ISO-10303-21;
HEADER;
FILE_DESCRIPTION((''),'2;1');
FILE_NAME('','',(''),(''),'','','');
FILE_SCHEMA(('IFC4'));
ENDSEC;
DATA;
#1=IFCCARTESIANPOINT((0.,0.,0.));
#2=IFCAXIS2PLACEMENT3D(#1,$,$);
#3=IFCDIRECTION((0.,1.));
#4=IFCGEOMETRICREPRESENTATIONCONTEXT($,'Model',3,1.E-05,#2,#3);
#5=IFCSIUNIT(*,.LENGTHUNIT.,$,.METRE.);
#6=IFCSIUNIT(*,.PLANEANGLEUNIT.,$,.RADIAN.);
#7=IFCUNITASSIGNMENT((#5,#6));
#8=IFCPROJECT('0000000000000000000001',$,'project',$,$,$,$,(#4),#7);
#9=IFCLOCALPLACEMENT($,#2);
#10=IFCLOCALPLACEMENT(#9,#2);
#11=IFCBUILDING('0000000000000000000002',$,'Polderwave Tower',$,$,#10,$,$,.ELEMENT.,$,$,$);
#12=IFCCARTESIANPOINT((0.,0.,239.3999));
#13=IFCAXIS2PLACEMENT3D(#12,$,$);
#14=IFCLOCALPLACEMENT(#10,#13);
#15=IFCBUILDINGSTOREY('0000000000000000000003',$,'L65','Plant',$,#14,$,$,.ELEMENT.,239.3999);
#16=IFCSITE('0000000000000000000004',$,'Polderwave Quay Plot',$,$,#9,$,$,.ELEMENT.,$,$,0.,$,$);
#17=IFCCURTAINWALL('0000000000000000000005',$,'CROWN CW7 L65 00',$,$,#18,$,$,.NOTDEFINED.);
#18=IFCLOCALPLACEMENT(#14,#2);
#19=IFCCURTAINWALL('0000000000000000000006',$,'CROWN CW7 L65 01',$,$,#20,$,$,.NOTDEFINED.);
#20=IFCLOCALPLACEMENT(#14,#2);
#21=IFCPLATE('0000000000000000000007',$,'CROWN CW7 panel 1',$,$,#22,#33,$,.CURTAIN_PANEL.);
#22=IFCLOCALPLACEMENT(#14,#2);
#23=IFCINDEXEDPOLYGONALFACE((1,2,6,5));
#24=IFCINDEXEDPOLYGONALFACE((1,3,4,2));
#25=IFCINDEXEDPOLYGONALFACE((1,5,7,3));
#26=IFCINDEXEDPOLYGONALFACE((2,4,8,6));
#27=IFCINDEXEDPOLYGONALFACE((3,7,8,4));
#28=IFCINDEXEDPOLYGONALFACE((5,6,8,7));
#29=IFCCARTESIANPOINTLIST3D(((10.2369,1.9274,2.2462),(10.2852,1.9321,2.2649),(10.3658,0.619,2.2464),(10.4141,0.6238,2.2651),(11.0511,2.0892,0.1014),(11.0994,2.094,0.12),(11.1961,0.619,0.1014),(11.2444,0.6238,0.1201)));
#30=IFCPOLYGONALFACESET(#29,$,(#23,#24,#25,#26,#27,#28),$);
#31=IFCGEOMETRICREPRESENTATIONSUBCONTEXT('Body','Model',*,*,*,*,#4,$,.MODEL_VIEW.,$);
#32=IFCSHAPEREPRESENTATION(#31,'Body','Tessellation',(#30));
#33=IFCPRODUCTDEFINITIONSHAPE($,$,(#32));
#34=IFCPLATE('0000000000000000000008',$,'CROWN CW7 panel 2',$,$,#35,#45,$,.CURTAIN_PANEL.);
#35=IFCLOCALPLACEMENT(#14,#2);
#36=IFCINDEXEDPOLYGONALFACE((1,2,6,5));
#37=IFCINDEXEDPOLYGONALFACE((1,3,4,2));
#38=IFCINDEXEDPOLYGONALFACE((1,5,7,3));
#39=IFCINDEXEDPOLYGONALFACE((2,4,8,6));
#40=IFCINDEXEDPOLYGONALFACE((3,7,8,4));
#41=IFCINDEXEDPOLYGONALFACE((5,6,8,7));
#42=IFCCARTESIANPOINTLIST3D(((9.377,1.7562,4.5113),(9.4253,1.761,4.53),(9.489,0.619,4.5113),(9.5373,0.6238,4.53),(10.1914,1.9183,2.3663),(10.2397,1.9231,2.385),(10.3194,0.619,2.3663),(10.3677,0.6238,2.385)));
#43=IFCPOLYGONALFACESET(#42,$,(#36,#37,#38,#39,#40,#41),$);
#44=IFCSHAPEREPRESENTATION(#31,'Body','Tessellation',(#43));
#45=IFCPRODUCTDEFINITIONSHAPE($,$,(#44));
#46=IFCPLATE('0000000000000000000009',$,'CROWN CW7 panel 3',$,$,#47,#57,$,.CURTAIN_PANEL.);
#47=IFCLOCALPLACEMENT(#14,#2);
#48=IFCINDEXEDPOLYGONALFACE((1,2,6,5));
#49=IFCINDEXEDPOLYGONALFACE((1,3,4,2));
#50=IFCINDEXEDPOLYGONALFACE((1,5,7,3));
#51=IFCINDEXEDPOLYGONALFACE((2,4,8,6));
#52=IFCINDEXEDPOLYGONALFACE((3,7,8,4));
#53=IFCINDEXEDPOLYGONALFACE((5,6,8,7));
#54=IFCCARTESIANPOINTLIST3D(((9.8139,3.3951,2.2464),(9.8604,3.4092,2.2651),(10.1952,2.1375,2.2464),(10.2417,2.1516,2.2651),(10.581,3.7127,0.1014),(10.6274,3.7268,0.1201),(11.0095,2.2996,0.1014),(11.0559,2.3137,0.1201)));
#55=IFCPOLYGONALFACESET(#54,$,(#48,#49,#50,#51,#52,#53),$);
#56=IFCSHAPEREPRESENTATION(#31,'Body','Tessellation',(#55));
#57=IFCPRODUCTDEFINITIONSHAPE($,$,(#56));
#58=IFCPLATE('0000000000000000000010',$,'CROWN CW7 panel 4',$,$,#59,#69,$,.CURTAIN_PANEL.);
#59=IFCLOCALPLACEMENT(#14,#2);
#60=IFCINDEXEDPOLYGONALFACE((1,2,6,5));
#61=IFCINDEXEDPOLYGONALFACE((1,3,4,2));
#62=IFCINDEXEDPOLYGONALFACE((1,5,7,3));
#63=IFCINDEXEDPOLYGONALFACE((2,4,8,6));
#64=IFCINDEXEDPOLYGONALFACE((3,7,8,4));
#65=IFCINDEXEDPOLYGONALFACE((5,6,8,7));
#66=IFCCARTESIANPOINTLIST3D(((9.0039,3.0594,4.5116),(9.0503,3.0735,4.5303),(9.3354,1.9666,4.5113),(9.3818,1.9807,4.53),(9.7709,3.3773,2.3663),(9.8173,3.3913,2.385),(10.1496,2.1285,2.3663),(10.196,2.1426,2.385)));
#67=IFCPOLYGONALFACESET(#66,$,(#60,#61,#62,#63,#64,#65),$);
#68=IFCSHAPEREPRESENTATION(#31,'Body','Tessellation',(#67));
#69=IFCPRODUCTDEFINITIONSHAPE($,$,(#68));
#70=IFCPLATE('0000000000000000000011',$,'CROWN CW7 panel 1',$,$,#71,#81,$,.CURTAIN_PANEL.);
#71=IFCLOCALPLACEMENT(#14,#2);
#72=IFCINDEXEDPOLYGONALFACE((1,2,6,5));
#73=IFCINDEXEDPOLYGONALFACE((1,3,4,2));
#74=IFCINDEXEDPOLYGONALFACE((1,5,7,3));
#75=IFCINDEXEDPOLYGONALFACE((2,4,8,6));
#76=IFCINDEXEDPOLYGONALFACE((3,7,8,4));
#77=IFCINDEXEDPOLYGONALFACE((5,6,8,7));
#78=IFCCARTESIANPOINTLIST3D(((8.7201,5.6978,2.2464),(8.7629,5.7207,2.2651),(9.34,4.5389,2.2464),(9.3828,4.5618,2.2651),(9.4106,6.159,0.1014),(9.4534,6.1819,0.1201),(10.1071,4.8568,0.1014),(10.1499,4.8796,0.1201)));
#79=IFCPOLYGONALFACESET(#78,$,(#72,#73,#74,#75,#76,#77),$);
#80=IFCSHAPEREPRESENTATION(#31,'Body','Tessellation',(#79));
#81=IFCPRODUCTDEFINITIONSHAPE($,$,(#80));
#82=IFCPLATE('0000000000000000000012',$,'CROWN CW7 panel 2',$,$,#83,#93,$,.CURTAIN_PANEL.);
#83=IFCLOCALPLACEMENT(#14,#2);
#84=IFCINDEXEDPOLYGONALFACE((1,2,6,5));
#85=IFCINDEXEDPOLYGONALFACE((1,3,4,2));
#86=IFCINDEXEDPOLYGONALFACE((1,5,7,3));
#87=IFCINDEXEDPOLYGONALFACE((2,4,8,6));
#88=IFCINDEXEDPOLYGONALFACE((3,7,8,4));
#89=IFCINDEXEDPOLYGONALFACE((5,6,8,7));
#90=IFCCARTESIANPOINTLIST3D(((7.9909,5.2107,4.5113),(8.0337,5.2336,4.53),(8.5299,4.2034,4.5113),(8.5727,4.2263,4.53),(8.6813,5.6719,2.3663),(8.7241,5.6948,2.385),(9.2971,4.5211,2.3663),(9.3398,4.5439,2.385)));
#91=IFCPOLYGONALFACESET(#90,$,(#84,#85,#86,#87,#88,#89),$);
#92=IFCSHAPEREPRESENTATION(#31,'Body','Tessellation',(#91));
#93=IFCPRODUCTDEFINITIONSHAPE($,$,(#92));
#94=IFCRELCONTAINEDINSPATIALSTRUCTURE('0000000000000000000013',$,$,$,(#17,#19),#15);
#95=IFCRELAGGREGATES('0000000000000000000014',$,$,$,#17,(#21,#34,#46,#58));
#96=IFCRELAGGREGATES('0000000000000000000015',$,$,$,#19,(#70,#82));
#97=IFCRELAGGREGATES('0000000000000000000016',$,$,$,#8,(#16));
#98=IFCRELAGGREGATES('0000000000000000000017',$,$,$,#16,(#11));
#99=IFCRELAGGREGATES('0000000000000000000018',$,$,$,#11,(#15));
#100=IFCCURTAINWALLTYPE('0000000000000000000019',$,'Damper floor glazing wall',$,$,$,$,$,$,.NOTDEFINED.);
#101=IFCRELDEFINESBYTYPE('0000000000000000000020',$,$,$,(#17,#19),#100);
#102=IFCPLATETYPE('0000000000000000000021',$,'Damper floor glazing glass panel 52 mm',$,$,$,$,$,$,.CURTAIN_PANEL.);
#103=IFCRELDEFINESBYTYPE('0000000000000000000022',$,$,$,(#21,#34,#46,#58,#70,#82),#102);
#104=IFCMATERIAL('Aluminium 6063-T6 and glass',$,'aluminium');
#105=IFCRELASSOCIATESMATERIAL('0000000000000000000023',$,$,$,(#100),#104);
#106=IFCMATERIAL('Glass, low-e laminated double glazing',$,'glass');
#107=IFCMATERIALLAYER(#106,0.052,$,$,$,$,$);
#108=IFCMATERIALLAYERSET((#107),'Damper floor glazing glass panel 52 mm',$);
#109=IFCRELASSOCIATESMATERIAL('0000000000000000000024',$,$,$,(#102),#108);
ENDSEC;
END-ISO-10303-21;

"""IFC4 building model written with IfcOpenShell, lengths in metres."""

from ifc_helpers import new_model, si_unit, direction, frame, origin, place, context, subcontext, project, spatial, polyline, outline, extrude, material, layer, layer_set, type_object, element, aggregate, save


model = new_model("IFC4")

# Units and contexts
model_context = context("Model", 3, precision=1e-05, world=origin(), true_north=direction((0.0, 1.0)))
body_context = subcontext(model_context, "Body", "Model", "MODEL_VIEW")
ifc_project = project(units=[si_unit("LENGTHUNIT", "METRE"), si_unit("PLANEANGLEUNIT", "RADIAN")], contexts=[model_context])

# Site, building, storey
site_placement = place(None, origin())
site = spatial("IfcSite", under=ifc_project, at=site_placement, Name="Polderwave Quay Plot", CompositionType="ELEMENT", RefElevation=0.0)
building_placement = place(site_placement, origin())
building = spatial("IfcBuilding", under=site, at=building_placement, Name="Polderwave Tower", CompositionType="ELEMENT")
storey_placement = place(building_placement, frame((0.0, 0.0, 239.3999)))
storey = spatial("IfcBuildingStorey", under=building, at=storey_placement, Name="L65", Description="Plant", CompositionType="ELEMENT", Elevation=239.3999)

# Curtain wall
ifc_material_1 = material(Name="Aluminium 6063-T6 and glass", Category="aluminium")
curtain_wall_type = type_object("IfcCurtainWallType", Name="Damper floor glazing wall", PredefinedType="NOTDEFINED", material=ifc_material_1)
curtain_wall_1_placement = place(storey_placement, origin())
curtain_wall_1 = element("IfcCurtainWall", 1, at=curtain_wall_1_placement, inside=storey, type_object=curtain_wall_type, Name="CROWN CW7 L65 00", PredefinedType="NOTDEFINED")

# Curtain wall
curtain_wall_2_placement = place(storey_placement, origin())
curtain_wall_2 = element("IfcCurtainWall", 2, at=curtain_wall_2_placement, inside=storey, type_object=curtain_wall_type, Name="CROWN CW7 L65 01", PredefinedType="NOTDEFINED")

# Plates
ifc_material_2 = material(Name="Glass, low-e laminated double glazing", Category="glass")
ifc_layer = layer(ifc_material_2, 0.052)
ifc_layer_set = layer_set([ifc_layer], Name="Damper floor glazing glass panel 52 mm")
plate_type = type_object("IfcPlateType", Name="Damper floor glazing glass panel 52 mm", PredefinedType="CURTAIN_PANEL", material=ifc_layer_set)
plate_1_placement = place(storey_placement, frame((11.2444, 0.6238, 0.1201), z_axis=(0.928654, 0.091583, 0.359464), x_axis=(-0.098125, 0.995174, -0.000049)))
plate_1 = element("IfcPlate", 3, at=plate_1_placement, type_object=plate_type, Name="CROWN CW7 panel 1", PredefinedType="CURTAIN_PANEL", context=body_context, shape_type="SweptSolid", body=[
    extrude(outline(polyline([(0.0, 0.0), (1.4773, 0.0), (1.3961, 2.2985), (0.0813, 2.2986), (0.0, 0.0)])), origin(), (0.0, 0.0, -1.0), 0.052),
])
plate_2_placement = place(storey_placement, frame((10.3677, 0.6238, 2.385), z_axis=(0.928653, 0.091469, 0.359496), x_axis=(-0.098018, 0.995185, -0.000013)))
plate_2 = element("IfcPlate", 4, at=plate_2_placement, type_object=plate_type, Name="CROWN CW7 panel 2", PredefinedType="CURTAIN_PANEL", context=body_context, shape_type="SweptSolid", body=[
    extrude(outline(polyline([(0.0, 0.0), (1.3056, 0.0), (1.2241, 2.2987), (0.0814, 2.2987), (0.0, 0.0)])), origin(), (0.0, 0.0, -1.0), 0.052),
])
plate_3_placement = place(storey_placement, frame((11.0559, 2.3137, 0.1201), z_axis=(0.893015, 0.270786, 0.359444), x_axis=(-0.290178, 0.956973, -0.000004)))
plate_3 = element("IfcPlate", 5, at=plate_3_placement, type_object=plate_type, Name="CROWN CW7 panel 3", PredefinedType="CURTAIN_PANEL", context=body_context, shape_type="SweptSolid", body=[
    extrude(outline(polyline([(0.0, 0.0), (1.4766, 0.0), (1.3952, 2.2987), (0.0811, 2.2986), (0.0, 0.0)])), origin(), (0.0, 0.0, -1.0), 0.052),
])
plate_4_placement = place(storey_placement, frame((10.196, 2.1426, 2.385), z_axis=(0.893012, 0.270818, 0.359426), x_axis=(-0.290207, 0.956964, -0.000011)))
plate_4 = element("IfcPlate", 6, at=plate_4_placement, type_object=plate_type, Name="CROWN CW7 panel 4", PredefinedType="CURTAIN_PANEL", context=body_context, shape_type="SweptSolid", body=[
    extrude(outline(polyline([(0.0, 0.0), (1.3049, 0.0), (1.2233, 2.2989), (0.0814, 2.2986), (0.0, 0.0)])), origin(), (0.0, 0.0, -1.0), 0.052),
])
aggregate(curtain_wall_1, [plate_1, plate_2, plate_3, plate_4])
plate_5_placement = place(storey_placement, frame((10.1499, 4.8796, 0.1201), z_axis=(0.822845, 0.440113, 0.35948), x_axis=(-0.471641, 0.88179, 0.000001)))
plate_5 = element("IfcPlate", 7, at=plate_5_placement, type_object=plate_type, Name="CROWN CW7 panel 1", PredefinedType="CURTAIN_PANEL", context=body_context, shape_type="SweptSolid", body=[
    extrude(outline(polyline([(0.0, 0.0), (1.4768, 0.0), (1.3958, 2.2987), (0.0815, 2.2987), (0.0, 0.0)])), origin(), (0.0, 0.0, -1.0), 0.052),
])
plate_6_placement = place(storey_placement, frame((9.3398, 4.5439, 2.385), z_axis=(0.822784, 0.440245, 0.359458), x_axis=(-0.471773, 0.88172, -0.000017)))
plate_6 = element("IfcPlate", 8, at=plate_6_placement, type_object=plate_type, Name="CROWN CW7 panel 2", PredefinedType="CURTAIN_PANEL", context=body_context, shape_type="SweptSolid", body=[
    extrude(outline(polyline([(0.0, 0.0), (1.3052, 0.0), (1.2243, 2.2987), (0.0818, 2.2986), (0.0, 0.0)])), origin(), (0.0, 0.0, -1.0), 0.052),
])
aggregate(curtain_wall_2, [plate_5, plate_6])

save(model, "model.ifc")
